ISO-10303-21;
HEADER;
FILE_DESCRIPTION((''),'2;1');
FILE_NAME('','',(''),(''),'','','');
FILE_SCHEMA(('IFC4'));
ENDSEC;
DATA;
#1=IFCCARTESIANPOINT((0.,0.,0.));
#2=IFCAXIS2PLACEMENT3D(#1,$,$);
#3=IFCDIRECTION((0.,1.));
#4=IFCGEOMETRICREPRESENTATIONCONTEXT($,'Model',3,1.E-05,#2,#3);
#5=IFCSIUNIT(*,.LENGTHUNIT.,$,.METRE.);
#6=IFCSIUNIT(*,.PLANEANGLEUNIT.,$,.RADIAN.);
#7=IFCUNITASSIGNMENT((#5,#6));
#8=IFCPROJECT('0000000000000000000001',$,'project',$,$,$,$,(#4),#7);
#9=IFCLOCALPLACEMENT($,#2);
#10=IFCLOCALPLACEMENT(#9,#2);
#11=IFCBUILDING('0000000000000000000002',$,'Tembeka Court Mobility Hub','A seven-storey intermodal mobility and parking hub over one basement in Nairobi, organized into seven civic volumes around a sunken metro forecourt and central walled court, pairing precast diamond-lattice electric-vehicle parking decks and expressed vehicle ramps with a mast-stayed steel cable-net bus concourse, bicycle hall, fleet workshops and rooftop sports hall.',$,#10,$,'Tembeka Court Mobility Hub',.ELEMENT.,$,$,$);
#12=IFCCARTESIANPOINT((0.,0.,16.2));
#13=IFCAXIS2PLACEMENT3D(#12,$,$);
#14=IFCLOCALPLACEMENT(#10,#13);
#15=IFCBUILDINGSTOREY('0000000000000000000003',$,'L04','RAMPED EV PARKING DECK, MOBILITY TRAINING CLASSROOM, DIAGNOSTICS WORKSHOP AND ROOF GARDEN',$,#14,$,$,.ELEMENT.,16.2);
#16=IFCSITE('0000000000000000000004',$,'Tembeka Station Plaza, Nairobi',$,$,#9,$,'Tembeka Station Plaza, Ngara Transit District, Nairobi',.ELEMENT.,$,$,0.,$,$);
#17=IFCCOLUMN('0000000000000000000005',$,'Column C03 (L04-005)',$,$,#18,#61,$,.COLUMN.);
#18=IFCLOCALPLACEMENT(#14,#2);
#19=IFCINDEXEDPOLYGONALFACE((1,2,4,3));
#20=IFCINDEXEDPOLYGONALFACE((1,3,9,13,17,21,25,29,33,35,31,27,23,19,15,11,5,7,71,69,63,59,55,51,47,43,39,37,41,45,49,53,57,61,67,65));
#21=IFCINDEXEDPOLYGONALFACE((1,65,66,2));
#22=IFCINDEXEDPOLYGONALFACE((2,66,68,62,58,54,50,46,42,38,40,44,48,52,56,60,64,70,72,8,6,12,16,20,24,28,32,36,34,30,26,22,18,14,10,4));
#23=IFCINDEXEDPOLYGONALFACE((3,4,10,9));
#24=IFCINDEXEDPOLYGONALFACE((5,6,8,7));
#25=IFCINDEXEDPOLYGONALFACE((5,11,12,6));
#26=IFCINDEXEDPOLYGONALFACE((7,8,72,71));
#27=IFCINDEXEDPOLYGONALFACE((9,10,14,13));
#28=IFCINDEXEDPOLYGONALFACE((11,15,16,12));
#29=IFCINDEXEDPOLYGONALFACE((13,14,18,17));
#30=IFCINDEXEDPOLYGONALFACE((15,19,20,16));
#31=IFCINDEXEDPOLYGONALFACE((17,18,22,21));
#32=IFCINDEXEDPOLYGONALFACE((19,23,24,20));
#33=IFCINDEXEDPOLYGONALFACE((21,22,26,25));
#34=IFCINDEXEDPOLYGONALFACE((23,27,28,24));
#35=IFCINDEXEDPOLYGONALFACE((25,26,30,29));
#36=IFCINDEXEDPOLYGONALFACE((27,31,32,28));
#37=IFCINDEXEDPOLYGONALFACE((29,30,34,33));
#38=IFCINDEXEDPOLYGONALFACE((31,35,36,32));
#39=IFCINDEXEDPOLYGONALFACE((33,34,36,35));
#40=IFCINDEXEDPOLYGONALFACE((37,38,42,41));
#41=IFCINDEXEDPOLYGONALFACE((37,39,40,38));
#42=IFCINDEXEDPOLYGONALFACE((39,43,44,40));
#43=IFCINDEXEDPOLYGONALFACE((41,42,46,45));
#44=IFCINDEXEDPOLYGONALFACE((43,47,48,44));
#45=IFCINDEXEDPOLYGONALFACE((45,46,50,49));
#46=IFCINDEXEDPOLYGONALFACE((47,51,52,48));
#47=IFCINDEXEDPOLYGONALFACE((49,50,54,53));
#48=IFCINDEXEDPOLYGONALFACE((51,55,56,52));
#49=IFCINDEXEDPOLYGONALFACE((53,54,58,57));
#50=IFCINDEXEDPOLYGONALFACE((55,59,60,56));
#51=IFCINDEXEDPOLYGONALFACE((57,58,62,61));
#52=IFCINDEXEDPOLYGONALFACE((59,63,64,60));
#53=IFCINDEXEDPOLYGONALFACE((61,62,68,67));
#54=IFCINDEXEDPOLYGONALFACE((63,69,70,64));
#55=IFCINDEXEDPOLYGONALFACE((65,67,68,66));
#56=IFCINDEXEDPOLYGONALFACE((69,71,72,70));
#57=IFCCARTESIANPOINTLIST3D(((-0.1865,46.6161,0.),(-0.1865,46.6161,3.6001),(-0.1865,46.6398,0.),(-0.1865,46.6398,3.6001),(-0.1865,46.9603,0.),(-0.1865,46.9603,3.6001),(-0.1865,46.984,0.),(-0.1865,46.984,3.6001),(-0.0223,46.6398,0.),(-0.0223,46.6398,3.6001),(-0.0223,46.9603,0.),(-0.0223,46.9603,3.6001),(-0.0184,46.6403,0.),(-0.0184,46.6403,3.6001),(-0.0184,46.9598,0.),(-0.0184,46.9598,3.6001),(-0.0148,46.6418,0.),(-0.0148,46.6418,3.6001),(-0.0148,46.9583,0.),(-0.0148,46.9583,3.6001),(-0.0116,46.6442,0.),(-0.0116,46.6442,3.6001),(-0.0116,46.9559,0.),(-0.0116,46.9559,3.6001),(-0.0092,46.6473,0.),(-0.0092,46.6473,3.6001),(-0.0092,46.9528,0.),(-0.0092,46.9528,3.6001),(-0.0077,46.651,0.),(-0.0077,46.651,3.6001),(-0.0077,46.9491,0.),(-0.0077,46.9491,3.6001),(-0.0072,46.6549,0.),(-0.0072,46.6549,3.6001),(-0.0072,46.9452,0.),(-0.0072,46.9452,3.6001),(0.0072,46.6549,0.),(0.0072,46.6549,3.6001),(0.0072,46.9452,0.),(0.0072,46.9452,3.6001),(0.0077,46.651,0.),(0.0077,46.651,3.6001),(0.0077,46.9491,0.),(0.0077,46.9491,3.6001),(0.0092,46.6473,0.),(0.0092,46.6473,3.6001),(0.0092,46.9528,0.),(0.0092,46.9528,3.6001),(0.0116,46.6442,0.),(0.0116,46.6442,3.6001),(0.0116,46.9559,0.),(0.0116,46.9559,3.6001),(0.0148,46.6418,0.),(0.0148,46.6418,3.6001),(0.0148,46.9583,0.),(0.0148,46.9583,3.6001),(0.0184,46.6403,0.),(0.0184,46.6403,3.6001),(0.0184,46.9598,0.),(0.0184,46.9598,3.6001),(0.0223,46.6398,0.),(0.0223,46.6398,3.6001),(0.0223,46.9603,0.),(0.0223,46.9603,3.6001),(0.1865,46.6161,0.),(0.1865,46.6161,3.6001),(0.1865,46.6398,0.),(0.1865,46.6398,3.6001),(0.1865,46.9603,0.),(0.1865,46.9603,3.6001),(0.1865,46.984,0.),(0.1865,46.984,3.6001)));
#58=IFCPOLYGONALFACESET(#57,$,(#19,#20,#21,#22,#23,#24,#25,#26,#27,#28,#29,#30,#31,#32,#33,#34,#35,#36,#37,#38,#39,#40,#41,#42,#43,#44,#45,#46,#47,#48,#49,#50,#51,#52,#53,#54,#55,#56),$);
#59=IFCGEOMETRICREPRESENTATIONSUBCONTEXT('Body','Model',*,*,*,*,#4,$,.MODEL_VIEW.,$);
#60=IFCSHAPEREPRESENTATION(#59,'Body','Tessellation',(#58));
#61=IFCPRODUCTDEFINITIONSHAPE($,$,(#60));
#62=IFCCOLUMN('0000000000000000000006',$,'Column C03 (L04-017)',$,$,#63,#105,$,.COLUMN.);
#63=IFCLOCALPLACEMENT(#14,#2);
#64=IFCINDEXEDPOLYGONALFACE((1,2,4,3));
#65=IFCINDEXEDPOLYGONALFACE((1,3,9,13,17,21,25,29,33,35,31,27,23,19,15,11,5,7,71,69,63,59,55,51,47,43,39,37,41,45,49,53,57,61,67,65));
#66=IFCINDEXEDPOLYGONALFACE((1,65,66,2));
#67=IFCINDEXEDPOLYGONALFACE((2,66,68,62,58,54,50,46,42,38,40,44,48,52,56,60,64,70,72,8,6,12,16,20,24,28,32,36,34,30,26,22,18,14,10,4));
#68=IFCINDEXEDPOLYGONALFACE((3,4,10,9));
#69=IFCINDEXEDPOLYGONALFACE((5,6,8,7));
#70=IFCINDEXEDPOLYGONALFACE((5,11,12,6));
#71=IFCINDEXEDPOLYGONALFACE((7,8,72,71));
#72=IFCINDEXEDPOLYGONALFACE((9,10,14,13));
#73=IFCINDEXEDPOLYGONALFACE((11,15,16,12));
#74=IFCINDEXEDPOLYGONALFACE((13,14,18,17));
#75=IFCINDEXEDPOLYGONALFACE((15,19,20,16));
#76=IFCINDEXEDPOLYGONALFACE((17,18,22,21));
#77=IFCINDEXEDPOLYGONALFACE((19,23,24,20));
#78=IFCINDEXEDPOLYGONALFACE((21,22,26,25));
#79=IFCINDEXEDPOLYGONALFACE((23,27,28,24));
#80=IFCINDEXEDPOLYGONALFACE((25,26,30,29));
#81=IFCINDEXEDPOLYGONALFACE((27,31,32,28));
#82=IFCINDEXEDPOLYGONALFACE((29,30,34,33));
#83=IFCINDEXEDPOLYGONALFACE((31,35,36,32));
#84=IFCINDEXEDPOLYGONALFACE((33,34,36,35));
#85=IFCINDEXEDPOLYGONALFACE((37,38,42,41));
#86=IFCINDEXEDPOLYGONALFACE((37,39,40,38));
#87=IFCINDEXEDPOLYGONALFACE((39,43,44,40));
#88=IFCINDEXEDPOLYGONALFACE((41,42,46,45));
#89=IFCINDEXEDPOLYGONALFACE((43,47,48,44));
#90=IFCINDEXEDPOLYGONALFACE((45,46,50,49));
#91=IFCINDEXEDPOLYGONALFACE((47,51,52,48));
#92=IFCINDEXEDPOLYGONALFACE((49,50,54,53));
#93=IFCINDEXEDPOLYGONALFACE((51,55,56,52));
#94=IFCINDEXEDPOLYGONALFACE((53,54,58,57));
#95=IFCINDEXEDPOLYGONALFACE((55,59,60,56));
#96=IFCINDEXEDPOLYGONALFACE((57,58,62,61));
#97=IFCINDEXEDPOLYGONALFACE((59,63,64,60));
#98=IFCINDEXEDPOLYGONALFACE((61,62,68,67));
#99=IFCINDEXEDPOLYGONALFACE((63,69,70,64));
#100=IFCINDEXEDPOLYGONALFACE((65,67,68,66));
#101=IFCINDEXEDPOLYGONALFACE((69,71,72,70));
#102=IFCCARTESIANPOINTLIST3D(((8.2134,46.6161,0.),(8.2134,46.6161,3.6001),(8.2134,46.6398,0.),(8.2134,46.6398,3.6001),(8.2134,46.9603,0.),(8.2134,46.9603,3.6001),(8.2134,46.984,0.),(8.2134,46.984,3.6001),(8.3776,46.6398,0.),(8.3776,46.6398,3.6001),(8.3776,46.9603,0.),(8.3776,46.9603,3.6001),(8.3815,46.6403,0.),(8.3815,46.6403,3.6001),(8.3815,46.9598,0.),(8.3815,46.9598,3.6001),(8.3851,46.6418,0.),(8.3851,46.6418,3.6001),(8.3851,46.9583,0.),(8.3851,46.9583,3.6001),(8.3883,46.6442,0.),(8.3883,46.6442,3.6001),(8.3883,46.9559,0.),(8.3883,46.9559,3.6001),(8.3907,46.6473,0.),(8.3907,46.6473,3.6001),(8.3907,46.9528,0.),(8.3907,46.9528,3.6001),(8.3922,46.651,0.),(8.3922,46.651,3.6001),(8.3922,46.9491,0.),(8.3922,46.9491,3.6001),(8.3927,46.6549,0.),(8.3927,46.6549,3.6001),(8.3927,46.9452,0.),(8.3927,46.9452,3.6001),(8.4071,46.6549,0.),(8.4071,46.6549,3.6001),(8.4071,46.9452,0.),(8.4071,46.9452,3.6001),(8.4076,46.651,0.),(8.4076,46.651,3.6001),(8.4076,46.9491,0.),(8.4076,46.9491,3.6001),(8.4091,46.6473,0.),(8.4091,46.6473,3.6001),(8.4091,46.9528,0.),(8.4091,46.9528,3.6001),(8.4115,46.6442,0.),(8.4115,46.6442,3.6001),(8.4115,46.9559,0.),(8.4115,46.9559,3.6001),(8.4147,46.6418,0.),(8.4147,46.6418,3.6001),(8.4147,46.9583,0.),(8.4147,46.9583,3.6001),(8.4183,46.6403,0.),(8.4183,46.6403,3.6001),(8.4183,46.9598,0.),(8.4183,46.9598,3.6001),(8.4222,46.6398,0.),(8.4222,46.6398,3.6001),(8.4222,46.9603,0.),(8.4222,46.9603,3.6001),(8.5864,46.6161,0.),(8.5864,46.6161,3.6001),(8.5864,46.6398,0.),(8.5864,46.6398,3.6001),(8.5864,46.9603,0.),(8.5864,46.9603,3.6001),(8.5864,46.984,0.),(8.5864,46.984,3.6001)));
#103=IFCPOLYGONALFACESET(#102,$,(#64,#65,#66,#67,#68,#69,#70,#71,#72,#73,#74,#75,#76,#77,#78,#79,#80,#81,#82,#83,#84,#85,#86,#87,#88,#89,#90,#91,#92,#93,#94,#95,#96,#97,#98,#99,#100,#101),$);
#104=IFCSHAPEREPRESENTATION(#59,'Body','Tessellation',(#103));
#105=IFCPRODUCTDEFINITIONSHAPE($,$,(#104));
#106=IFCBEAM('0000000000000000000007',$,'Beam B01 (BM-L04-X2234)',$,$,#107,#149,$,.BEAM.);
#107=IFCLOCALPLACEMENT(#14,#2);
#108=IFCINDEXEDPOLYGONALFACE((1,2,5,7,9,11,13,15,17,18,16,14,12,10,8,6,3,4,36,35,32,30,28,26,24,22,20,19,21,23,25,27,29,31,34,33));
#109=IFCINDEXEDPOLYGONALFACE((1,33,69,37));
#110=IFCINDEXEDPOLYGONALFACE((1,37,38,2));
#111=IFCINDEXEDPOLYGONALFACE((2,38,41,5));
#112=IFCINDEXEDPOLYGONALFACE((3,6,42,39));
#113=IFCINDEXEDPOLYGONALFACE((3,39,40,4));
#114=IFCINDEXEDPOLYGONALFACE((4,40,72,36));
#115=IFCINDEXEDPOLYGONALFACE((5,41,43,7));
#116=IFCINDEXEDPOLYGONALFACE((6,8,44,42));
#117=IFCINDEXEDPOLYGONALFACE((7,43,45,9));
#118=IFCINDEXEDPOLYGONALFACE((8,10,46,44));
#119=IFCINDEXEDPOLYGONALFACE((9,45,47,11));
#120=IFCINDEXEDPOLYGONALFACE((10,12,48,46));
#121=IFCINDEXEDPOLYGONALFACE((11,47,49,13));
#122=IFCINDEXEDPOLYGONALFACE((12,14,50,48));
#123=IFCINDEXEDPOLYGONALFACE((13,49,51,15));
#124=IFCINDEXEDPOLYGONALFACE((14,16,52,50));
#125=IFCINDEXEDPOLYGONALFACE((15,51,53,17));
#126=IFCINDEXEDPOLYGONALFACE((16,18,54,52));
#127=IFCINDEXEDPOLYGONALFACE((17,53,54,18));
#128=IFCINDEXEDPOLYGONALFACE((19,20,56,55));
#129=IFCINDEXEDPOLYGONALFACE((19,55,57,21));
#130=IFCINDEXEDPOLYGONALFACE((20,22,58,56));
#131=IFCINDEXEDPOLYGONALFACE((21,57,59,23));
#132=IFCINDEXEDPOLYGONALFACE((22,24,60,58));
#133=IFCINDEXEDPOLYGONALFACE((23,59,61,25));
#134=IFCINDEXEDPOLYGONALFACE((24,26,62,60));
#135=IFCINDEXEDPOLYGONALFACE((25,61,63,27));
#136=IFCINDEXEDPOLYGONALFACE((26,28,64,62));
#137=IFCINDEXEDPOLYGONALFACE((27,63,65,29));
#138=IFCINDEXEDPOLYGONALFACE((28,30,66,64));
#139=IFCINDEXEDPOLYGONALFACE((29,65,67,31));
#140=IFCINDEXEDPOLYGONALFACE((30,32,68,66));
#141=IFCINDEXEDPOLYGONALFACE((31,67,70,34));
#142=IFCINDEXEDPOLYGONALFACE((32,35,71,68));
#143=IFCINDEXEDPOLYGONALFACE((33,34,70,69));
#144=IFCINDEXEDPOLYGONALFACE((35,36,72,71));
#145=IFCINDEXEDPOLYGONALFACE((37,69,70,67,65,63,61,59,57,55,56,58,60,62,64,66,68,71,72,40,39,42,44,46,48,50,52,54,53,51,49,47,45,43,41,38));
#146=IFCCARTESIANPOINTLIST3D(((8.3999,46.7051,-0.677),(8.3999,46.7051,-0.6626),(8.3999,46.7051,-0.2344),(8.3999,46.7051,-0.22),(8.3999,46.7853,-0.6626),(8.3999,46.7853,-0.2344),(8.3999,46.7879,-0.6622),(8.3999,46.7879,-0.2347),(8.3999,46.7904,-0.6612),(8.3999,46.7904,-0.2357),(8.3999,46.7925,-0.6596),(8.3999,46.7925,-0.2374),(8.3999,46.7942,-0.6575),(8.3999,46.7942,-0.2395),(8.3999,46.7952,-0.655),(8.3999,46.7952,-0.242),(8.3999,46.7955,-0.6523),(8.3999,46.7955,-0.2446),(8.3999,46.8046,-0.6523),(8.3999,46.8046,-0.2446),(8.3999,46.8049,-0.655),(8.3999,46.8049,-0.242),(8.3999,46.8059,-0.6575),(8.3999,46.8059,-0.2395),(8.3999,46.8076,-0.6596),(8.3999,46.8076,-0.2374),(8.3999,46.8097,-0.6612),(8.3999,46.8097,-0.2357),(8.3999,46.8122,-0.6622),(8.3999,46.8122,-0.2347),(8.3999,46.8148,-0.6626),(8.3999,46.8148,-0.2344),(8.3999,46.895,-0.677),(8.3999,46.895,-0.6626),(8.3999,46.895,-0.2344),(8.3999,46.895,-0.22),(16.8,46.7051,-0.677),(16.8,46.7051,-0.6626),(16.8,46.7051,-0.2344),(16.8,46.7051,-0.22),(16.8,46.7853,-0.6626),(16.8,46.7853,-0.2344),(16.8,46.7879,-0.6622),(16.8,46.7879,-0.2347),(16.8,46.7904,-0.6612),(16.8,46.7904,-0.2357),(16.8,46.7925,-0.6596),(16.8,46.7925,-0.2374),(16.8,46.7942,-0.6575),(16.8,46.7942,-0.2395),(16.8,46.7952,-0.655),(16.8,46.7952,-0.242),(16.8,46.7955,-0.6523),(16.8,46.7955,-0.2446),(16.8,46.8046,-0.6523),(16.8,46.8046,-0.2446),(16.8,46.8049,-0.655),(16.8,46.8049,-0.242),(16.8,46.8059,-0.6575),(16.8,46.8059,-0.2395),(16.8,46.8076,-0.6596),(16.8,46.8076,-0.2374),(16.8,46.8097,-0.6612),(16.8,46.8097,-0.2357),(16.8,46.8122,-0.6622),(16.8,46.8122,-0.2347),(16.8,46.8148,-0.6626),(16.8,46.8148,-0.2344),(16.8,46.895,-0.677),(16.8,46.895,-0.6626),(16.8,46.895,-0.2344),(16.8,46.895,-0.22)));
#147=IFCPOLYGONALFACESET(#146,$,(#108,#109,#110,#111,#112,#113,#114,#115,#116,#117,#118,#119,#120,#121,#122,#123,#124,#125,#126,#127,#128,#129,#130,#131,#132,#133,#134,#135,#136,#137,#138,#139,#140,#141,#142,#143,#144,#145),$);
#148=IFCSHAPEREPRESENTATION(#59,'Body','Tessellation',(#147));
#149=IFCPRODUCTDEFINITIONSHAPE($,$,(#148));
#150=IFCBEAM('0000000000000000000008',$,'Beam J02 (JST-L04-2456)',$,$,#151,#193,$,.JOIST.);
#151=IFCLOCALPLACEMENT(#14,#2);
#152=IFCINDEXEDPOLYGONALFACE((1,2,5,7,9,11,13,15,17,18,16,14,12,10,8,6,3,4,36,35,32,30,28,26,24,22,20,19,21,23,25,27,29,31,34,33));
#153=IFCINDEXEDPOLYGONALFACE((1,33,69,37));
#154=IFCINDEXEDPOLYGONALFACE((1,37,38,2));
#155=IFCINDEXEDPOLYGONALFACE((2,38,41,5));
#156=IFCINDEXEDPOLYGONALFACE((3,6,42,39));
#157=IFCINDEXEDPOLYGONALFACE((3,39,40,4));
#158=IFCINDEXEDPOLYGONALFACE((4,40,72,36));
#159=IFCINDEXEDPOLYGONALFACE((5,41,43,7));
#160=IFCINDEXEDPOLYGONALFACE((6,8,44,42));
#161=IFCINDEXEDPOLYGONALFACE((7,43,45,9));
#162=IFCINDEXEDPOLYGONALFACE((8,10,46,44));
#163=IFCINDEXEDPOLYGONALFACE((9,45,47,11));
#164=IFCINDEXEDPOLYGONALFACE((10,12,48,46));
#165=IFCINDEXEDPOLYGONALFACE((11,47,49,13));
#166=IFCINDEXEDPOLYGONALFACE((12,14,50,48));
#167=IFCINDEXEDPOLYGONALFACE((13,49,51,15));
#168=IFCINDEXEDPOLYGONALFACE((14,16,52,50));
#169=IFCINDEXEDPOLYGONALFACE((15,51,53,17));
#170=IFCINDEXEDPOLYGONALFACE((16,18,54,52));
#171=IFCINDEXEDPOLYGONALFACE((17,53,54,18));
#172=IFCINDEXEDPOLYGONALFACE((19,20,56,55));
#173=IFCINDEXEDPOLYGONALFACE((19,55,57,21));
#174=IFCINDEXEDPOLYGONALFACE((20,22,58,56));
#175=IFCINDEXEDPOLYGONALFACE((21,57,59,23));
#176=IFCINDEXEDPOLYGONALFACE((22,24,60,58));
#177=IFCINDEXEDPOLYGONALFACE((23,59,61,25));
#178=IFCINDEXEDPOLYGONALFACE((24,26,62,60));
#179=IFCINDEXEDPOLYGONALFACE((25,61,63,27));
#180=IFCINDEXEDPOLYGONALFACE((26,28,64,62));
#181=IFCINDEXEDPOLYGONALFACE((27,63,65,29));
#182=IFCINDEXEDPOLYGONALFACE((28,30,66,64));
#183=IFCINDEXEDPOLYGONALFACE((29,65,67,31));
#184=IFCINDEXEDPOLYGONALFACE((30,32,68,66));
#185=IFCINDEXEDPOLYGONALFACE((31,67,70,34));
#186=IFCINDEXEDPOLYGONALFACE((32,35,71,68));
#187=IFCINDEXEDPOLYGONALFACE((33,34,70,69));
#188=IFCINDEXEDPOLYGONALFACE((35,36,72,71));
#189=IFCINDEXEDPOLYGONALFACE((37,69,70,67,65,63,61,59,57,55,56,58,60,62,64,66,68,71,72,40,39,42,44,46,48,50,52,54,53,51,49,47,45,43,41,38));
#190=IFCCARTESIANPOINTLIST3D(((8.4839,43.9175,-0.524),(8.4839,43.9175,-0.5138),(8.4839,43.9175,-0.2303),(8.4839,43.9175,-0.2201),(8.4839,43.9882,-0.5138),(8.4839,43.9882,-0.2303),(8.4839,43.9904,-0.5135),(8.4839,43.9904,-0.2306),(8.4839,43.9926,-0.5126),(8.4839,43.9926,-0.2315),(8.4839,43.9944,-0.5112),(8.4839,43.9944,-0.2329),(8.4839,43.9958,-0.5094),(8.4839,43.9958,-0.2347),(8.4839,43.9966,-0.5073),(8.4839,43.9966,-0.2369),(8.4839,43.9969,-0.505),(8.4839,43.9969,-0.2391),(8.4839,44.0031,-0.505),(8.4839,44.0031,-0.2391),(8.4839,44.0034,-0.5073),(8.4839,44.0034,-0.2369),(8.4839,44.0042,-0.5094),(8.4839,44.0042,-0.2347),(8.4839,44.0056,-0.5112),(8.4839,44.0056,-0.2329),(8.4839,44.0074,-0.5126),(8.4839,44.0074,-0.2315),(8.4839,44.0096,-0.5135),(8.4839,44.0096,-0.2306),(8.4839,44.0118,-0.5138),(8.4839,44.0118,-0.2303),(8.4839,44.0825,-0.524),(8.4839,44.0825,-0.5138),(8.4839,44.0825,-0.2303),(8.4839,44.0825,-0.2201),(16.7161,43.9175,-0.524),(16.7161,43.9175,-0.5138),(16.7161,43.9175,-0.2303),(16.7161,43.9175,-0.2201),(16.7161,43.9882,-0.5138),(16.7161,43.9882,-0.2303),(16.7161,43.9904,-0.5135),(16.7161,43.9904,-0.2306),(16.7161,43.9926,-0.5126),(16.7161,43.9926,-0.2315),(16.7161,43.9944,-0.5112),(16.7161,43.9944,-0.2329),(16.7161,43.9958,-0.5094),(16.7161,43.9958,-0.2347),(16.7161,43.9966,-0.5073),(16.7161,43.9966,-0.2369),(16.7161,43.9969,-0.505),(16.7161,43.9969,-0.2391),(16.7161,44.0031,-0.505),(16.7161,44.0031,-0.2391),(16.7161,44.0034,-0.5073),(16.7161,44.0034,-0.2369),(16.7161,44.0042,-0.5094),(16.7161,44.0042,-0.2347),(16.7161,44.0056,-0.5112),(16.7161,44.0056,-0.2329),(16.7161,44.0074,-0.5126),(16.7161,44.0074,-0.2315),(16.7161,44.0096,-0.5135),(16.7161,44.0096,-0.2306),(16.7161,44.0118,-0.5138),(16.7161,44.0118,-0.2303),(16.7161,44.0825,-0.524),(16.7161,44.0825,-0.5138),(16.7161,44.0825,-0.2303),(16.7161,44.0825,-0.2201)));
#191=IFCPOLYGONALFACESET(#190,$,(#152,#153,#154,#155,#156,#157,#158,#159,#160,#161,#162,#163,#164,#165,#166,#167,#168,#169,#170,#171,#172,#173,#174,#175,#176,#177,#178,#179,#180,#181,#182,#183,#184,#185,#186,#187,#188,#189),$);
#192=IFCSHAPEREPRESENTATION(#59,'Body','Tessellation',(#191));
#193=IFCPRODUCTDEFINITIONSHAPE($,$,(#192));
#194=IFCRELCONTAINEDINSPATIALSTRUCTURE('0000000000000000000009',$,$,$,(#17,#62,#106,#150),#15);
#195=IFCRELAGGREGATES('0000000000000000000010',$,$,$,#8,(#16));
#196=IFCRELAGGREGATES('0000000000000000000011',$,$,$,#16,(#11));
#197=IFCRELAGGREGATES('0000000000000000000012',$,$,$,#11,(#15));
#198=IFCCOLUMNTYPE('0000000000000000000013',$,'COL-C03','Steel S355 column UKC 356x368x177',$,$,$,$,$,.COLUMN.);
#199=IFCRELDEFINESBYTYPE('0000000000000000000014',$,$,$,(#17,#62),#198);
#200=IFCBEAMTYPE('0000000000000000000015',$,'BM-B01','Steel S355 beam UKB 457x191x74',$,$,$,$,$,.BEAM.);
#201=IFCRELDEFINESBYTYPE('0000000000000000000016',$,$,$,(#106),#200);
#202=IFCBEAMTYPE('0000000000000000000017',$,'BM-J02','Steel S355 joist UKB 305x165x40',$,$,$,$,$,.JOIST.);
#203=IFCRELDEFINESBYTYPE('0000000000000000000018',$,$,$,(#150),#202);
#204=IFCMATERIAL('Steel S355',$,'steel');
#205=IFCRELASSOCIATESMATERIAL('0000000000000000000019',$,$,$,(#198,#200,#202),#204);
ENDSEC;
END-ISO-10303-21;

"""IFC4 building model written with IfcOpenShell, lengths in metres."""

from ifc_helpers import new_model, si_unit, direction, frame, origin, origin_2d, place, context, subcontext, project, spatial, i_section, extrude, material, material_profile, profile_set, type_object, element, save


model = new_model("IFC4")

# Units and contexts
model_context = context("Model", 3, precision=1e-05, world=origin(), true_north=direction((0.0, 1.0)))
body_context = subcontext(model_context, "Body", "Model", "MODEL_VIEW")
ifc_project = project(units=[si_unit("LENGTHUNIT", "METRE"), si_unit("PLANEANGLEUNIT", "RADIAN")], contexts=[model_context])

# Site, building, storey
site_placement = place(None, origin())
site = spatial("IfcSite", under=ifc_project, at=site_placement, Name="Tembeka Station Plaza, Nairobi", LongName="Tembeka Station Plaza, Ngara Transit District, Nairobi", CompositionType="ELEMENT", RefElevation=0.0)
building_placement = place(site_placement, origin())
building = spatial("IfcBuilding", under=site, at=building_placement, Name="Tembeka Court Mobility Hub", Description="A seven-storey intermodal mobility and parking hub over one basement in Nairobi, organized into seven civic volumes around a sunken metro forecourt and central walled court, pairing precast diamond-lattice electric-vehicle parking decks and expressed vehicle ramps with a mast-stayed steel cable-net bus concourse, bicycle hall, fleet workshops and rooftop sports hall.", LongName="Tembeka Court Mobility Hub", CompositionType="ELEMENT")
storey_placement = place(building_placement, frame((0.0, 0.0, 16.2)))
storey = spatial("IfcBuildingStorey", under=building, at=storey_placement, Name="L04", Description="RAMPED EV PARKING DECK, MOBILITY TRAINING CLASSROOM, DIAGNOSTICS WORKSHOP AND ROOF GARDEN", CompositionType="ELEMENT", Elevation=16.2)

# Columns
ifc_material_1 = material(Name="Steel S355", Category="steel")
ifc_material_profile_1 = material_profile(ifc_material_1, i_section(OverallWidth=0.373, OverallDepth=0.3679, WebThickness=0.0144, FlangeThickness=0.0237, FilletRadius=0.0151, at=origin_2d()), Name="UKC 356x368x177")
ifc_profile_set_1 = profile_set([ifc_material_profile_1], Name="Steel S355")
column_type = type_object("IfcColumnType", Name="COL-C03", Description="Steel S355 column UKC 356x368x177", PredefinedType="COLUMN", material=ifc_profile_set_1)
for number, where, z_axis, x_axis, name in (
    (1, (0.0, 46.8, 0.0), (0.0, 0.0, 1.0), (1.0, 0.0, 0.0), "Column C03 (L04-005)"),
    (2, (8.3999, 46.8, 0.0), (0.0, 0.0, 1.0), (1.0, 0.0, 0.0), "Column C03 (L04-017)"),
):
    element("IfcColumn", number, at=place(storey_placement, frame(where, z_axis=z_axis, x_axis=x_axis)), inside=storey, type_object=column_type, Name=name, PredefinedType="COLUMN", context=body_context, shape_type="SweptSolid", body=[
        extrude(i_section(OverallWidth=0.373, OverallDepth=0.3679, WebThickness=0.0144, FlangeThickness=0.0237, FilletRadius=0.0151, at=origin_2d()), origin(), (0.0, 0.0, 1.0), 3.6001),
    ])

# Beams
ifc_material_profile_2 = material_profile(ifc_material_1, i_section(OverallWidth=0.1899, OverallDepth=0.457, WebThickness=0.009, FlangeThickness=0.0144, FilletRadius=0.0103, at=origin_2d()), Name="UKB 457x191x74")
ifc_profile_set_2 = profile_set([ifc_material_profile_2], Name="Steel S355")
beam_type_1 = type_object("IfcBeamType", Name="BM-B01", Description="Steel S355 beam UKB 457x191x74", PredefinedType="BEAM", material=ifc_profile_set_2)
beam_1_placement = place(storey_placement, frame((8.3999, 46.8, -0.4485), z_axis=(1.0, 0.0, 0.0), x_axis=(0.0, 1.0, 0.0)))
element("IfcBeam", 3, at=beam_1_placement, inside=storey, type_object=beam_type_1, Name="Beam B01 (BM-L04-X2234)", PredefinedType="BEAM", context=body_context, shape_type="SweptSolid", body=[
    extrude(i_section(OverallWidth=0.1899, OverallDepth=0.457, WebThickness=0.009, FlangeThickness=0.0144, FilletRadius=0.0103, at=origin_2d()), origin(), (0.0, 0.0, 1.0), 8.4001),
])
ifc_material_profile_3 = material_profile(ifc_material_1, i_section(OverallWidth=0.165, OverallDepth=0.304, WebThickness=0.0061, FlangeThickness=0.0103, FilletRadius=0.0088, at=origin_2d()), Name="UKB 305x165x40")
ifc_profile_set_3 = profile_set([ifc_material_profile_3], Name="Steel S355")
beam_type_2 = type_object("IfcBeamType", Name="BM-J02", Description="Steel S355 joist UKB 305x165x40", PredefinedType="JOIST", material=ifc_profile_set_3)
beam_2_placement = place(storey_placement, frame((8.4839, 44.0, -0.3721), z_axis=(1.0, 0.0, 0.0), x_axis=(0.0, 1.0, 0.0)))
element("IfcBeam", 4, at=beam_2_placement, inside=storey, type_object=beam_type_2, Name="Beam J02 (JST-L04-2456)", PredefinedType="JOIST", context=body_context, shape_type="SweptSolid", body=[
    extrude(i_section(OverallWidth=0.165, OverallDepth=0.304, WebThickness=0.0061, FlangeThickness=0.0103, FilletRadius=0.0088, at=origin_2d()), origin(), (0.0, 0.0, 1.0), 8.2322),
])

save(model, "model.ifc")
